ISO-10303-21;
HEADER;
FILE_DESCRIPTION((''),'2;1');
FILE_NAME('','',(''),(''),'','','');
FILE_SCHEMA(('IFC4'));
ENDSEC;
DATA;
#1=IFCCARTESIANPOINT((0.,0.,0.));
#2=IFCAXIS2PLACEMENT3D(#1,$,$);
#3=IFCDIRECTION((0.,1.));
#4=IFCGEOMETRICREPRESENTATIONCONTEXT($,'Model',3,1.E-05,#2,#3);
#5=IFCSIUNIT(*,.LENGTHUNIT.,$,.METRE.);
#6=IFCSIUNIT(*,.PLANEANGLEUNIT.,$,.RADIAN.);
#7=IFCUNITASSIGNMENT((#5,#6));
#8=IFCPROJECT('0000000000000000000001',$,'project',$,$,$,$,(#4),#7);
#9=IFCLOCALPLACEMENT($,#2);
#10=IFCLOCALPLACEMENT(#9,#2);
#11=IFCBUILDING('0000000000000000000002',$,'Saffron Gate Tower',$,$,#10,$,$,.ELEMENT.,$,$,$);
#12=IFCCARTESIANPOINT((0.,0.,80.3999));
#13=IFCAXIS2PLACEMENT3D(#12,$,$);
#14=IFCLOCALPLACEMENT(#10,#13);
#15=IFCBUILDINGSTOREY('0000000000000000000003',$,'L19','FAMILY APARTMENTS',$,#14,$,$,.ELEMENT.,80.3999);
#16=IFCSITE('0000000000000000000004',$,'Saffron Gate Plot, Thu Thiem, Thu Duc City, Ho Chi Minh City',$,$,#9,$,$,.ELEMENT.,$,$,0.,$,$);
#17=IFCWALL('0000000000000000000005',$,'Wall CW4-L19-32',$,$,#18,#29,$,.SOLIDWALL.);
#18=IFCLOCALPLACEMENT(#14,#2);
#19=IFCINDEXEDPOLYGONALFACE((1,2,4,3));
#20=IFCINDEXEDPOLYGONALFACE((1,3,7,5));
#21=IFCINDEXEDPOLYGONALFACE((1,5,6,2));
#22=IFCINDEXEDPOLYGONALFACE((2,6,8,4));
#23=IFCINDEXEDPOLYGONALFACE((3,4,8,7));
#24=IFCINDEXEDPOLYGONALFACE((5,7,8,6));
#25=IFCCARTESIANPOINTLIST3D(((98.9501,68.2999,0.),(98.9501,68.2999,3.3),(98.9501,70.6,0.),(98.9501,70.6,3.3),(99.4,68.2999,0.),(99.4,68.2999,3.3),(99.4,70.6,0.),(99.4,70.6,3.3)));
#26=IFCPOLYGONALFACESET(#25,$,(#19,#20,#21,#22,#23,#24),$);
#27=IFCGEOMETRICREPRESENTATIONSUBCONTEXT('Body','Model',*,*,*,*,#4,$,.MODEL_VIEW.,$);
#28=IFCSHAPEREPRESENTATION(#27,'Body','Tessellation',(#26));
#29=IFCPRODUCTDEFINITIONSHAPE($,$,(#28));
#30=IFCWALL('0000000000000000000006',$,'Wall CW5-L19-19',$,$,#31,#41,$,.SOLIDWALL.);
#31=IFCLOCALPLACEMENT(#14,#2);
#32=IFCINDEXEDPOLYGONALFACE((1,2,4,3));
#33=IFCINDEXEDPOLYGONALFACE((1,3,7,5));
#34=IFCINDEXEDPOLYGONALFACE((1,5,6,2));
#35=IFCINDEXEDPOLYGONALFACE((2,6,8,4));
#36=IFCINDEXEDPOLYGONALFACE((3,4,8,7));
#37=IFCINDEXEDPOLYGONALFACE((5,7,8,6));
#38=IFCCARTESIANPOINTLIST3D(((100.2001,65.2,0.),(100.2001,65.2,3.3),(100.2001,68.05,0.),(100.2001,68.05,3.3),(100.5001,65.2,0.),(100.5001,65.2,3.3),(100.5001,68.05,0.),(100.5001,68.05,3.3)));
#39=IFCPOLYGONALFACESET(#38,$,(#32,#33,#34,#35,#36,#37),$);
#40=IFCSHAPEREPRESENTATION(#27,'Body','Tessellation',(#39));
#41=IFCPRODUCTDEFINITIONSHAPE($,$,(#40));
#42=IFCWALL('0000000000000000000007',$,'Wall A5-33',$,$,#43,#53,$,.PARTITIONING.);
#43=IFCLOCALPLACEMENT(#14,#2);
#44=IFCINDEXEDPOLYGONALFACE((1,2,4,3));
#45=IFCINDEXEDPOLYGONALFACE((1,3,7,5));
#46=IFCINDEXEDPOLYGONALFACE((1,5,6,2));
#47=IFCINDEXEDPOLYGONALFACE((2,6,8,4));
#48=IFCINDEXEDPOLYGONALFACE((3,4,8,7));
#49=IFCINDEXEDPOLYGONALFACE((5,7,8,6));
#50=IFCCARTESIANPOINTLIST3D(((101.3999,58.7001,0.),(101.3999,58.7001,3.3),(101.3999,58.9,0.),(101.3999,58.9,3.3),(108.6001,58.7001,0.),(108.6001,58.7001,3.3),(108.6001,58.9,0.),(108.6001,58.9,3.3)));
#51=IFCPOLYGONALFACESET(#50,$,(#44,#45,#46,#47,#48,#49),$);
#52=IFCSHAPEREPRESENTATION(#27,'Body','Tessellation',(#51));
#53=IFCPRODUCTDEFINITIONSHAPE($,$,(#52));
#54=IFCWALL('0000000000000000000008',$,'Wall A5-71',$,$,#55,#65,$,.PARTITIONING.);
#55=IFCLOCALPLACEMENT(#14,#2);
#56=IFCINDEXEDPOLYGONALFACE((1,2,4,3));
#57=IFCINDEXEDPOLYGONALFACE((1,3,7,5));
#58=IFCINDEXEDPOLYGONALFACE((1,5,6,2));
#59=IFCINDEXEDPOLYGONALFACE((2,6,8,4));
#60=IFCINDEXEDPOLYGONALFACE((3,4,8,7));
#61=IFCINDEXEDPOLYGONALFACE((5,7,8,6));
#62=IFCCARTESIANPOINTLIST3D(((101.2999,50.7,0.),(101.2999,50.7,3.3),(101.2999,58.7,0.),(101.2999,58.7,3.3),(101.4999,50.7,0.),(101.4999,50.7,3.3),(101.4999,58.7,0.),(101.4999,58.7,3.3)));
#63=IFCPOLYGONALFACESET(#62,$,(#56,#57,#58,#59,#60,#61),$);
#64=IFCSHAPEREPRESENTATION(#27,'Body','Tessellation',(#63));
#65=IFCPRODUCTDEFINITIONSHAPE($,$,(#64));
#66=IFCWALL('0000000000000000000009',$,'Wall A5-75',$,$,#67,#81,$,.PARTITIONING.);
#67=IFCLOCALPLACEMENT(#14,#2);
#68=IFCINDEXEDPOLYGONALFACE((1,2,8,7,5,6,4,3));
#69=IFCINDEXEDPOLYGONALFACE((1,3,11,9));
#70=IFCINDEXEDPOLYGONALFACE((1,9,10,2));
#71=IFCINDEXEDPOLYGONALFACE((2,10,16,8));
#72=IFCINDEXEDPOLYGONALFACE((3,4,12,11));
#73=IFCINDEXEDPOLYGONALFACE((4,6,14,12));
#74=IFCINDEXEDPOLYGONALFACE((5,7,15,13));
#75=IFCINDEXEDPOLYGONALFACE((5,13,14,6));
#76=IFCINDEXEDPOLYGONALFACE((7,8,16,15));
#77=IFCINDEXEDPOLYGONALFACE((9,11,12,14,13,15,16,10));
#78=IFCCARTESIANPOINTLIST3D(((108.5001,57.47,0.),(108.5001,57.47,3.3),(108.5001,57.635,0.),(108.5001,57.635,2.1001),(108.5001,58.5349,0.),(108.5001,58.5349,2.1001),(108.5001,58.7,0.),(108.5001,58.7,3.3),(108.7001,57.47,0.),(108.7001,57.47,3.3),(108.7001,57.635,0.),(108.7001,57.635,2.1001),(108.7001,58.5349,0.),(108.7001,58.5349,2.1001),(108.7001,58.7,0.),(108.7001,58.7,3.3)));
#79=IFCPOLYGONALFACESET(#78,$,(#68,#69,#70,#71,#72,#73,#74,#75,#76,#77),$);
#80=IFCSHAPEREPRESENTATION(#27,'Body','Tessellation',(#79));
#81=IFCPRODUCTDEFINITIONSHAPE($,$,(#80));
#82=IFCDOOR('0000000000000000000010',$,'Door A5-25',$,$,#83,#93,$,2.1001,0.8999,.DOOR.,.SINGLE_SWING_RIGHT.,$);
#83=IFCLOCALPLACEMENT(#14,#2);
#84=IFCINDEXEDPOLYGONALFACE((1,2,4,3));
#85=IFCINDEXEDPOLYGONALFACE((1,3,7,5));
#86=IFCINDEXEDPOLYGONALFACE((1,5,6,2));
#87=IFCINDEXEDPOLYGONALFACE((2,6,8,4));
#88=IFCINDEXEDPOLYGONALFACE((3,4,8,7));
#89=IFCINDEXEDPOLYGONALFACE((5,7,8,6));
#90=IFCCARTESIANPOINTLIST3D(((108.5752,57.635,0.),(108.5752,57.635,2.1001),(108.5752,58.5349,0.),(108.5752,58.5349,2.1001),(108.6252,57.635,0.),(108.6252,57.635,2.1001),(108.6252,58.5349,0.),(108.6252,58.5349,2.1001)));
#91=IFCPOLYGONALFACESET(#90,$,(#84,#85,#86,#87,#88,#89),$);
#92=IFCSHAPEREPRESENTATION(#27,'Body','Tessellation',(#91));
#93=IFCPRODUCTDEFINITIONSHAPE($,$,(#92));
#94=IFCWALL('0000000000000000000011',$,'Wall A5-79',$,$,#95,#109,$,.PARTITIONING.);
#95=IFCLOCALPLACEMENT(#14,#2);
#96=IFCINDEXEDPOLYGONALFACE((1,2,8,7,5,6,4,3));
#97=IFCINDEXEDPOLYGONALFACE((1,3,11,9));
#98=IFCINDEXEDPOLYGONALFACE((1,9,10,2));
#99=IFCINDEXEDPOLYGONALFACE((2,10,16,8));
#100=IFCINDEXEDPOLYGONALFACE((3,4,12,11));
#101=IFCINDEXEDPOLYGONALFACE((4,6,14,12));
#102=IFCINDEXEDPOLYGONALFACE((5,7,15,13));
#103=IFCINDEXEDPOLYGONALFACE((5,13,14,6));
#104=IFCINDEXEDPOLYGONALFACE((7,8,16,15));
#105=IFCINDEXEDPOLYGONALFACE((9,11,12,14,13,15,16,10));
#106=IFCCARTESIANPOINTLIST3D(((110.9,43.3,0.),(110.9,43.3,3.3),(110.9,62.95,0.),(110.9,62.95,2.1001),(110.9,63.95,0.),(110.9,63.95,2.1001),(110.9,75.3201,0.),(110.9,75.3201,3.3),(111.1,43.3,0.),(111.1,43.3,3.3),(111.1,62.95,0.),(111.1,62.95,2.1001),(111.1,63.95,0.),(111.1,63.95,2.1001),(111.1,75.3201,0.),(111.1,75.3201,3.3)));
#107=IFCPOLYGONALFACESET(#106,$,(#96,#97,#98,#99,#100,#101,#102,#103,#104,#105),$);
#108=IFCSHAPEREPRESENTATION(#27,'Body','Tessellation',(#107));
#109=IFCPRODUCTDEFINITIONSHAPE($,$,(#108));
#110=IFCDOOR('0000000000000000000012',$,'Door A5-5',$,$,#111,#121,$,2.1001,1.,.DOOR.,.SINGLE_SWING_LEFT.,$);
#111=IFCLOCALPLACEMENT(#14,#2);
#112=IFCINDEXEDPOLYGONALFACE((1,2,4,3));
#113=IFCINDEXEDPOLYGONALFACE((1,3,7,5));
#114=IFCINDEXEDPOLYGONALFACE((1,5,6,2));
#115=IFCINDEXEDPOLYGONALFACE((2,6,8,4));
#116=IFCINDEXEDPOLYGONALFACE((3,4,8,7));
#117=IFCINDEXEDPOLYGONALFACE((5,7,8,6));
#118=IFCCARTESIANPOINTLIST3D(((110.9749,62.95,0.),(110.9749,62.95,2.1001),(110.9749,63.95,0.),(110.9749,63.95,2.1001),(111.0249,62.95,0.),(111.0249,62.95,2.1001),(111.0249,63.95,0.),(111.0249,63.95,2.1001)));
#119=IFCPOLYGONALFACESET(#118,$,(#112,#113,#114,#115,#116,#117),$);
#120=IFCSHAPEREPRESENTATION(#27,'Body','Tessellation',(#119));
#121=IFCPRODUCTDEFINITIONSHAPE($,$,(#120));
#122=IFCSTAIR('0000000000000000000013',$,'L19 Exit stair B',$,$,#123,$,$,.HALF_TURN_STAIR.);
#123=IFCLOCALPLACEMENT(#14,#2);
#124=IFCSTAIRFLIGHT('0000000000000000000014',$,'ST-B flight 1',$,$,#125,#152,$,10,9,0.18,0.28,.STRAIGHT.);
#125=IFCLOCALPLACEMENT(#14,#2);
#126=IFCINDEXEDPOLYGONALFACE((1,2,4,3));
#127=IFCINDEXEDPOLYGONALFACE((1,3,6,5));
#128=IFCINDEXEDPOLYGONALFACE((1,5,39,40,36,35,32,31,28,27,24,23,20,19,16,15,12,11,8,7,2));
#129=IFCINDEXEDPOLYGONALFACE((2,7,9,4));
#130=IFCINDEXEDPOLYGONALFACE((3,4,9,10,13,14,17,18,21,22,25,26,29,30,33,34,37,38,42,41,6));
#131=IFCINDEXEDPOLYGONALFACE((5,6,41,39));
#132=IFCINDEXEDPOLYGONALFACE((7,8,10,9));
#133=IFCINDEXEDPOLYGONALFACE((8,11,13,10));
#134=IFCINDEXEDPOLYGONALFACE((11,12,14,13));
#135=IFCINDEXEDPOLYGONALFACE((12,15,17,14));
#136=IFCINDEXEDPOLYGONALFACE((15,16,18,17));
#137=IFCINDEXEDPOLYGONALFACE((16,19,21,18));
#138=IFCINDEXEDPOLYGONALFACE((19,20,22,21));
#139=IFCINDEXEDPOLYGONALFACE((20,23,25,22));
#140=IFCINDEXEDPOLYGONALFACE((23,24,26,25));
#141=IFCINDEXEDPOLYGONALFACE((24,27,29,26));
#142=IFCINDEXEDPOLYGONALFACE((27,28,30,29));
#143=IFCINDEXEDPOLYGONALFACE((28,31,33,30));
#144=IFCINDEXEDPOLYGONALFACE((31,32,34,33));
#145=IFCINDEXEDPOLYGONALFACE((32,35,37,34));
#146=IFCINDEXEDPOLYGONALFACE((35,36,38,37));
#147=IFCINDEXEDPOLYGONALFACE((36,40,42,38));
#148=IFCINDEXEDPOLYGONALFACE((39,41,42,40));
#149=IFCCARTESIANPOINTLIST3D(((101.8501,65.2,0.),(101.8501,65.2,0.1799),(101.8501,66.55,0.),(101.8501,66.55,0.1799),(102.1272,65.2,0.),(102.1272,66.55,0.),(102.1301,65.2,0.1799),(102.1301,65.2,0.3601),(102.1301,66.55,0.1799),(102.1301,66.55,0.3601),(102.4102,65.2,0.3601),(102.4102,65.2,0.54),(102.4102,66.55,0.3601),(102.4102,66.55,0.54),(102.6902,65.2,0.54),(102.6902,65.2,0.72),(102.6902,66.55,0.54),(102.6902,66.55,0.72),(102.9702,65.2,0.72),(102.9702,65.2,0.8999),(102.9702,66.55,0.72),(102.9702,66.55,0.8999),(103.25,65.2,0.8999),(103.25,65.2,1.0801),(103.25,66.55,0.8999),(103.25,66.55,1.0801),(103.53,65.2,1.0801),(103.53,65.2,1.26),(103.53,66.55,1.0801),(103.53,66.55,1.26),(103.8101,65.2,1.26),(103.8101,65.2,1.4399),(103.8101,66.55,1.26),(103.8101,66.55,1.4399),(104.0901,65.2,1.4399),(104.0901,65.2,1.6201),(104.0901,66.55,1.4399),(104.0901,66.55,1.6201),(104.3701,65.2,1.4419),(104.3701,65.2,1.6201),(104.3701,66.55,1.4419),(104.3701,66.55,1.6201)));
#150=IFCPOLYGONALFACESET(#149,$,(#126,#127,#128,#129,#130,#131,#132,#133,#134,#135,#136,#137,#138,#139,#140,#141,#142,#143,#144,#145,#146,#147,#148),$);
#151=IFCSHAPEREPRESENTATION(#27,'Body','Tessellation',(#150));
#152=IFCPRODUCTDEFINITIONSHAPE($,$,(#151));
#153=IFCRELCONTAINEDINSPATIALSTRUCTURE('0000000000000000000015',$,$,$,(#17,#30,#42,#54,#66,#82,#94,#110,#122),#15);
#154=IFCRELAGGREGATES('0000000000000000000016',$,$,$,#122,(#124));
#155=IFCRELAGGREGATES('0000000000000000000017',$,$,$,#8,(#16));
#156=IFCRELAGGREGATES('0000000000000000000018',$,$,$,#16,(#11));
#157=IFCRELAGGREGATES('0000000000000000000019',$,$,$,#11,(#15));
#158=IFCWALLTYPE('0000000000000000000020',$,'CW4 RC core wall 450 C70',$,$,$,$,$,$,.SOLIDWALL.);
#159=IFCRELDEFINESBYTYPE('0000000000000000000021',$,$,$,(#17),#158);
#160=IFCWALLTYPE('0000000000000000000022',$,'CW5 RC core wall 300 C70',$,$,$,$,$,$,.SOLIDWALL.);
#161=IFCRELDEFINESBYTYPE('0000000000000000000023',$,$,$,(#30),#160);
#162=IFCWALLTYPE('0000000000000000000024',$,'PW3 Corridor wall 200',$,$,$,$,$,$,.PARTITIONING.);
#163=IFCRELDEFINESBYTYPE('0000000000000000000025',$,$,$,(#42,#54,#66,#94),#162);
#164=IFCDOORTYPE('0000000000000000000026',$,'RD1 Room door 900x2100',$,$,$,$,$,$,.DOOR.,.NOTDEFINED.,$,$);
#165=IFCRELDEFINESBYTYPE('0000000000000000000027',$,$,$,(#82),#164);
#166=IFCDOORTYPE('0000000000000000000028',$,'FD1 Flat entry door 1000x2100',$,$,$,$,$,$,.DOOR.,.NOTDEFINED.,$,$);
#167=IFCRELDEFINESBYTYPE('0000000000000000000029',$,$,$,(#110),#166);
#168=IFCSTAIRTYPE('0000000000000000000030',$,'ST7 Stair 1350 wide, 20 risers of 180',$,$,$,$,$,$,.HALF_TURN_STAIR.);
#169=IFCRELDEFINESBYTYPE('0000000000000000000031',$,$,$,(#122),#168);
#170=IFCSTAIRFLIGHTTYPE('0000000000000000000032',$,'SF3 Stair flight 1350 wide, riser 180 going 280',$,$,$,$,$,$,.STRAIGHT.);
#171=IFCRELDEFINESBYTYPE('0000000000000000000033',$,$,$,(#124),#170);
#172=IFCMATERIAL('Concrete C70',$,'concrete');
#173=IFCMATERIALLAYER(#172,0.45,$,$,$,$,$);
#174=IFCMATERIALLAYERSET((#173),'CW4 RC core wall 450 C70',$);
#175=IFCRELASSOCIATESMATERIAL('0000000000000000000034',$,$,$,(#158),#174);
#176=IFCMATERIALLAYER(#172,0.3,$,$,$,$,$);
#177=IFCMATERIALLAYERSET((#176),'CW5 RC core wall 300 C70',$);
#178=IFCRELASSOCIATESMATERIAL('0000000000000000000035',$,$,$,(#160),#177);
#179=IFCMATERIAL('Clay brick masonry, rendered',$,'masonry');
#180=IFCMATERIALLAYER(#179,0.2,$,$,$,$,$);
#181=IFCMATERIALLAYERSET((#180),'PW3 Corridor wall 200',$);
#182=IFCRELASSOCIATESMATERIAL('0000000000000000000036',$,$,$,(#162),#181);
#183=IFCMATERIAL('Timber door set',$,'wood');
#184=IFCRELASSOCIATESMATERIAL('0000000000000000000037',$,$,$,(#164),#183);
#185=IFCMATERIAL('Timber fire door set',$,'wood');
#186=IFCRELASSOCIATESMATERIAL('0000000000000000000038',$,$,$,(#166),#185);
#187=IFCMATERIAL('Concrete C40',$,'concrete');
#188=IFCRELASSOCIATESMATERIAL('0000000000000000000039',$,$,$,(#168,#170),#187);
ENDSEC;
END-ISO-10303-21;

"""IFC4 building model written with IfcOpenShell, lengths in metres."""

from ifc_helpers import new_model, si_unit, direction, frame, frame_2d, origin, place, context, subcontext, project, spatial, polyline, rectangle, outline, extrude, material, layer, layer_set, type_object, element, fill, aggregate, save


model = new_model("IFC4")

# Units and contexts
model_context = context("Model", 3, precision=1e-05, world=origin(), true_north=direction((0.0, 1.0)))
body_context = subcontext(model_context, "Body", "Model", "MODEL_VIEW")
ifc_project = project(units=[si_unit("LENGTHUNIT", "METRE"), si_unit("PLANEANGLEUNIT", "RADIAN")], contexts=[model_context])

# Site, building, storey
site_placement = place(None, origin())
site = spatial("IfcSite", under=ifc_project, at=site_placement, Name="Saffron Gate Plot, Thu Thiem, Thu Duc City, Ho Chi Minh City", CompositionType="ELEMENT", RefElevation=0.0)
building_placement = place(site_placement, origin())
building = spatial("IfcBuilding", under=site, at=building_placement, Name="Saffron Gate Tower", CompositionType="ELEMENT")
storey_placement = place(building_placement, frame((0.0, 0.0, 80.3999)))
storey = spatial("IfcBuildingStorey", under=building, at=storey_placement, Name="L19", Description="FAMILY APARTMENTS", CompositionType="ELEMENT", Elevation=80.3999)

# Shared definitions
ifc_material_1 = material(Name="Concrete C70", Category="concrete")

# Walls
ifc_layer_1 = layer(ifc_material_1, 0.45)
ifc_layer_set_1 = layer_set([ifc_layer_1], Name="CW4 RC core wall 450 C70")
wall_type_1 = type_object("IfcWallType", Name="CW4 RC core wall 450 C70", PredefinedType="SOLIDWALL", material=ifc_layer_set_1)
wall_1_placement = place(storey_placement, frame((99.175, 68.3, 0.0), z_axis=(0.0, 0.0, 1.0), x_axis=(0.0, 1.0, 0.0)))
element("IfcWall", 1, at=wall_1_placement, inside=storey, type_object=wall_type_1, Name="Wall CW4-L19-32", PredefinedType="SOLIDWALL", context=body_context, shape_type="SweptSolid", body=[
    extrude(rectangle(XDim=2.3, YDim=0.45, at=frame_2d((1.1499, 0.0))), origin(), (0.0, 0.0, 1.0), 3.3),
])
ifc_layer_2 = layer(ifc_material_1, 0.3)
ifc_layer_set_2 = layer_set([ifc_layer_2], Name="CW5 RC core wall 300 C70")
wall_type_2 = type_object("IfcWallType", Name="CW5 RC core wall 300 C70", PredefinedType="SOLIDWALL", material=ifc_layer_set_2)
wall_2_placement = place(storey_placement, frame((100.3501, 65.2, 0.0), z_axis=(0.0, 0.0, 1.0), x_axis=(0.0, 1.0, 0.0)))
element("IfcWall", 2, at=wall_2_placement, inside=storey, type_object=wall_type_2, Name="Wall CW5-L19-19", PredefinedType="SOLIDWALL", context=body_context, shape_type="SweptSolid", body=[
    extrude(rectangle(XDim=2.8501, YDim=0.3, at=frame_2d((1.425, 0.0))), origin(), (0.0, 0.0, 1.0), 3.3),
])
ifc_material_2 = material(Name="Clay brick masonry, rendered", Category="masonry")
ifc_layer_3 = layer(ifc_material_2, 0.2)
ifc_layer_set_3 = layer_set([ifc_layer_3], Name="PW3 Corridor wall 200")
wall_type_3 = type_object("IfcWallType", Name="PW3 Corridor wall 200", PredefinedType="PARTITIONING", material=ifc_layer_set_3)
wall_3_placement = place(storey_placement, frame((101.3999, 58.8, 0.0), z_axis=(0.0, 0.0, 1.0), x_axis=(1.0, 0.0, 0.0)))
element("IfcWall", 3, at=wall_3_placement, inside=storey, type_object=wall_type_3, Name="Wall A5-33", PredefinedType="PARTITIONING", context=body_context, shape_type="SweptSolid", body=[
    extrude(rectangle(XDim=7.2002, YDim=0.2, at=frame_2d((3.6001, 0.0))), origin(), (0.0, 0.0, 1.0), 3.3),
])
wall_4_placement = place(storey_placement, frame((101.3999, 58.7, 0.0), z_axis=(0.0, 0.0, 1.0), x_axis=(0.0, -1.0, 0.0)))
element("IfcWall", 4, at=wall_4_placement, inside=storey, type_object=wall_type_3, Name="Wall A5-71", PredefinedType="PARTITIONING", context=body_context, shape_type="SweptSolid", body=[
    extrude(rectangle(XDim=8.0, YDim=0.2, at=frame_2d((4.0, 0.0))), origin(), (0.0, 0.0, 1.0), 3.3),
])

# Walls, openings, doors
wall_5_placement = place(storey_placement, frame((108.6001, 57.47, 0.0), z_axis=(0.0, 0.0, 1.0), x_axis=(0.0, 1.0, 0.0)))
wall_5 = element("IfcWall", 5, at=wall_5_placement, inside=storey, type_object=wall_type_3, Name="Wall A5-75", PredefinedType="PARTITIONING", context=body_context, shape_type="SweptSolid", body=[
    extrude(rectangle(XDim=1.23, YDim=0.2, at=frame_2d((0.615, 0.0))), origin(), (0.0, 0.0, 1.0), 3.3),
])
opening_1_placement = place(wall_5_placement, frame((0.165, 0.0, 0.0)))
opening_1 = element("IfcOpeningElement", 6, at=opening_1_placement, cuts=wall_5, PredefinedType="OPENING", context=body_context, shape_type="SweptSolid", body=[
    extrude(rectangle(XDim=0.8999, YDim=2.1001, at=frame_2d((0.45, 1.05))), frame((0.0, 0.1099, 0.0), z_axis=(0.0, -1.0, 0.0), x_axis=(1.0, 0.0, 0.0)), (0.0, 0.0, 1.0), 0.22),
])
ifc_material_3 = material(Name="Timber door set", Category="wood")
door_type_1 = type_object("IfcDoorType", Name="RD1 Room door 900x2100", OperationType="NOTDEFINED", PredefinedType="DOOR", material=ifc_material_3)
door_1_placement = place(opening_1_placement, origin())
door_1 = element("IfcDoor", 7, at=door_1_placement, inside=storey, type_object=door_type_1, Name="Door A5-25", OperationType="SINGLE_SWING_RIGHT", OverallHeight=2.1001, OverallWidth=0.8999, PredefinedType="DOOR", context=body_context, shape_type="SweptSolid", body=[
    extrude(rectangle(XDim=0.8999, YDim=2.1001, at=frame_2d((0.45, 1.05))), frame((0.0, 0.0249, 0.0), z_axis=(0.0, -1.0, 0.0), x_axis=(1.0, 0.0, 0.0)), (0.0, 0.0, 1.0), 0.05),
])
fill(opening_1, door_1)
wall_6_placement = place(storey_placement, frame((111.0, 75.3201, 0.0), z_axis=(0.0, 0.0, 1.0), x_axis=(0.0, -1.0, 0.0)))
wall_6 = element("IfcWall", 8, at=wall_6_placement, inside=storey, type_object=wall_type_3, Name="Wall A5-79", PredefinedType="PARTITIONING", context=body_context, shape_type="SweptSolid", body=[
    extrude(rectangle(XDim=32.02, YDim=0.2, at=frame_2d((16.01, 0.0))), origin(), (0.0, 0.0, 1.0), 3.3),
])
opening_2_placement = place(wall_6_placement, frame((11.3701, 0.0, 0.0)))
opening_2 = element("IfcOpeningElement", 9, at=opening_2_placement, cuts=wall_6, PredefinedType="OPENING", context=body_context, shape_type="SweptSolid", body=[
    extrude(rectangle(XDim=1.0, YDim=2.1001, at=frame_2d((0.5, 1.05))), frame((0.0, 0.1099, 0.0), z_axis=(0.0, -1.0, 0.0), x_axis=(1.0, 0.0, 0.0)), (0.0, 0.0, 1.0), 0.22),
])
ifc_material_4 = material(Name="Timber fire door set", Category="wood")
door_type_2 = type_object("IfcDoorType", Name="FD1 Flat entry door 1000x2100", OperationType="NOTDEFINED", PredefinedType="DOOR", material=ifc_material_4)
door_2_placement = place(opening_2_placement, origin())
door_2 = element("IfcDoor", 10, at=door_2_placement, inside=storey, type_object=door_type_2, Name="Door A5-5", OperationType="SINGLE_SWING_LEFT", OverallHeight=2.1001, OverallWidth=1.0, PredefinedType="DOOR", context=body_context, shape_type="SweptSolid", body=[
    extrude(rectangle(XDim=1.0, YDim=2.1001, at=frame_2d((0.5, 1.05))), frame((0.0, 0.0249, 0.0), z_axis=(0.0, -1.0, 0.0), x_axis=(1.0, 0.0, 0.0)), (0.0, 0.0, 1.0), 0.05),
])
fill(opening_2, door_2)

# Stair, stair flight
ifc_material_5 = material(Name="Concrete C40", Category="concrete")
stair_type = type_object("IfcStairType", Name="ST7 Stair 1350 wide, 20 risers of 180", PredefinedType="HALF_TURN_STAIR", material=ifc_material_5)
stair_placement = place(storey_placement, origin())
stair = element("IfcStair", 11, at=stair_placement, inside=storey, type_object=stair_type, Name="L19 Exit stair B", PredefinedType="HALF_TURN_STAIR")
stair_flight_type = type_object("IfcStairFlightType", Name="SF3 Stair flight 1350 wide, riser 180 going 280", PredefinedType="STRAIGHT", material=ifc_material_5)
stair_flight_1_placement = place(storey_placement, frame((101.8501, 65.875, 0.0), z_axis=(0.0, 0.0, 1.0), x_axis=(1.0, 0.0, 0.0)))
stair_flight_1 = element("IfcStairFlight", 12, at=stair_flight_1_placement, type_object=stair_flight_type, Name="ST-B flight 1", NumberOfRisers=10, NumberOfTreads=9, PredefinedType="STRAIGHT", RiserHeight=0.18, TreadLength=0.28, context=body_context, shape_type="SweptSolid", body=[
    extrude(outline(polyline([(0.0, 0.0), (0.0, 0.1799), (0.28, 0.1799), (0.28, 0.3601), (0.5601, 0.3601), (0.5601, 0.54), (0.8401, 0.54), (0.8401, 0.72), (1.1201, 0.72), (1.1201, 0.8999), (1.3999, 0.8999), (1.3999, 1.0801), (1.6799, 1.0801), (1.6799, 1.26), (1.96, 1.26), (1.96, 1.4399), (2.24, 1.4399), (2.24, 1.6201), (2.52, 1.6201), (2.52, 1.8), (2.52, 1.4419), (0.2771, 0.0), (0.0, 0.0)])), frame((0.0, 0.675, 0.0), z_axis=(0.0, -1.0, 0.0), x_axis=(1.0, 0.0, 0.0)), (0.0, 0.0, 1.0), 1.3501),
])
aggregate(stair, [stair_flight_1])

save(model, "model.ifc")
